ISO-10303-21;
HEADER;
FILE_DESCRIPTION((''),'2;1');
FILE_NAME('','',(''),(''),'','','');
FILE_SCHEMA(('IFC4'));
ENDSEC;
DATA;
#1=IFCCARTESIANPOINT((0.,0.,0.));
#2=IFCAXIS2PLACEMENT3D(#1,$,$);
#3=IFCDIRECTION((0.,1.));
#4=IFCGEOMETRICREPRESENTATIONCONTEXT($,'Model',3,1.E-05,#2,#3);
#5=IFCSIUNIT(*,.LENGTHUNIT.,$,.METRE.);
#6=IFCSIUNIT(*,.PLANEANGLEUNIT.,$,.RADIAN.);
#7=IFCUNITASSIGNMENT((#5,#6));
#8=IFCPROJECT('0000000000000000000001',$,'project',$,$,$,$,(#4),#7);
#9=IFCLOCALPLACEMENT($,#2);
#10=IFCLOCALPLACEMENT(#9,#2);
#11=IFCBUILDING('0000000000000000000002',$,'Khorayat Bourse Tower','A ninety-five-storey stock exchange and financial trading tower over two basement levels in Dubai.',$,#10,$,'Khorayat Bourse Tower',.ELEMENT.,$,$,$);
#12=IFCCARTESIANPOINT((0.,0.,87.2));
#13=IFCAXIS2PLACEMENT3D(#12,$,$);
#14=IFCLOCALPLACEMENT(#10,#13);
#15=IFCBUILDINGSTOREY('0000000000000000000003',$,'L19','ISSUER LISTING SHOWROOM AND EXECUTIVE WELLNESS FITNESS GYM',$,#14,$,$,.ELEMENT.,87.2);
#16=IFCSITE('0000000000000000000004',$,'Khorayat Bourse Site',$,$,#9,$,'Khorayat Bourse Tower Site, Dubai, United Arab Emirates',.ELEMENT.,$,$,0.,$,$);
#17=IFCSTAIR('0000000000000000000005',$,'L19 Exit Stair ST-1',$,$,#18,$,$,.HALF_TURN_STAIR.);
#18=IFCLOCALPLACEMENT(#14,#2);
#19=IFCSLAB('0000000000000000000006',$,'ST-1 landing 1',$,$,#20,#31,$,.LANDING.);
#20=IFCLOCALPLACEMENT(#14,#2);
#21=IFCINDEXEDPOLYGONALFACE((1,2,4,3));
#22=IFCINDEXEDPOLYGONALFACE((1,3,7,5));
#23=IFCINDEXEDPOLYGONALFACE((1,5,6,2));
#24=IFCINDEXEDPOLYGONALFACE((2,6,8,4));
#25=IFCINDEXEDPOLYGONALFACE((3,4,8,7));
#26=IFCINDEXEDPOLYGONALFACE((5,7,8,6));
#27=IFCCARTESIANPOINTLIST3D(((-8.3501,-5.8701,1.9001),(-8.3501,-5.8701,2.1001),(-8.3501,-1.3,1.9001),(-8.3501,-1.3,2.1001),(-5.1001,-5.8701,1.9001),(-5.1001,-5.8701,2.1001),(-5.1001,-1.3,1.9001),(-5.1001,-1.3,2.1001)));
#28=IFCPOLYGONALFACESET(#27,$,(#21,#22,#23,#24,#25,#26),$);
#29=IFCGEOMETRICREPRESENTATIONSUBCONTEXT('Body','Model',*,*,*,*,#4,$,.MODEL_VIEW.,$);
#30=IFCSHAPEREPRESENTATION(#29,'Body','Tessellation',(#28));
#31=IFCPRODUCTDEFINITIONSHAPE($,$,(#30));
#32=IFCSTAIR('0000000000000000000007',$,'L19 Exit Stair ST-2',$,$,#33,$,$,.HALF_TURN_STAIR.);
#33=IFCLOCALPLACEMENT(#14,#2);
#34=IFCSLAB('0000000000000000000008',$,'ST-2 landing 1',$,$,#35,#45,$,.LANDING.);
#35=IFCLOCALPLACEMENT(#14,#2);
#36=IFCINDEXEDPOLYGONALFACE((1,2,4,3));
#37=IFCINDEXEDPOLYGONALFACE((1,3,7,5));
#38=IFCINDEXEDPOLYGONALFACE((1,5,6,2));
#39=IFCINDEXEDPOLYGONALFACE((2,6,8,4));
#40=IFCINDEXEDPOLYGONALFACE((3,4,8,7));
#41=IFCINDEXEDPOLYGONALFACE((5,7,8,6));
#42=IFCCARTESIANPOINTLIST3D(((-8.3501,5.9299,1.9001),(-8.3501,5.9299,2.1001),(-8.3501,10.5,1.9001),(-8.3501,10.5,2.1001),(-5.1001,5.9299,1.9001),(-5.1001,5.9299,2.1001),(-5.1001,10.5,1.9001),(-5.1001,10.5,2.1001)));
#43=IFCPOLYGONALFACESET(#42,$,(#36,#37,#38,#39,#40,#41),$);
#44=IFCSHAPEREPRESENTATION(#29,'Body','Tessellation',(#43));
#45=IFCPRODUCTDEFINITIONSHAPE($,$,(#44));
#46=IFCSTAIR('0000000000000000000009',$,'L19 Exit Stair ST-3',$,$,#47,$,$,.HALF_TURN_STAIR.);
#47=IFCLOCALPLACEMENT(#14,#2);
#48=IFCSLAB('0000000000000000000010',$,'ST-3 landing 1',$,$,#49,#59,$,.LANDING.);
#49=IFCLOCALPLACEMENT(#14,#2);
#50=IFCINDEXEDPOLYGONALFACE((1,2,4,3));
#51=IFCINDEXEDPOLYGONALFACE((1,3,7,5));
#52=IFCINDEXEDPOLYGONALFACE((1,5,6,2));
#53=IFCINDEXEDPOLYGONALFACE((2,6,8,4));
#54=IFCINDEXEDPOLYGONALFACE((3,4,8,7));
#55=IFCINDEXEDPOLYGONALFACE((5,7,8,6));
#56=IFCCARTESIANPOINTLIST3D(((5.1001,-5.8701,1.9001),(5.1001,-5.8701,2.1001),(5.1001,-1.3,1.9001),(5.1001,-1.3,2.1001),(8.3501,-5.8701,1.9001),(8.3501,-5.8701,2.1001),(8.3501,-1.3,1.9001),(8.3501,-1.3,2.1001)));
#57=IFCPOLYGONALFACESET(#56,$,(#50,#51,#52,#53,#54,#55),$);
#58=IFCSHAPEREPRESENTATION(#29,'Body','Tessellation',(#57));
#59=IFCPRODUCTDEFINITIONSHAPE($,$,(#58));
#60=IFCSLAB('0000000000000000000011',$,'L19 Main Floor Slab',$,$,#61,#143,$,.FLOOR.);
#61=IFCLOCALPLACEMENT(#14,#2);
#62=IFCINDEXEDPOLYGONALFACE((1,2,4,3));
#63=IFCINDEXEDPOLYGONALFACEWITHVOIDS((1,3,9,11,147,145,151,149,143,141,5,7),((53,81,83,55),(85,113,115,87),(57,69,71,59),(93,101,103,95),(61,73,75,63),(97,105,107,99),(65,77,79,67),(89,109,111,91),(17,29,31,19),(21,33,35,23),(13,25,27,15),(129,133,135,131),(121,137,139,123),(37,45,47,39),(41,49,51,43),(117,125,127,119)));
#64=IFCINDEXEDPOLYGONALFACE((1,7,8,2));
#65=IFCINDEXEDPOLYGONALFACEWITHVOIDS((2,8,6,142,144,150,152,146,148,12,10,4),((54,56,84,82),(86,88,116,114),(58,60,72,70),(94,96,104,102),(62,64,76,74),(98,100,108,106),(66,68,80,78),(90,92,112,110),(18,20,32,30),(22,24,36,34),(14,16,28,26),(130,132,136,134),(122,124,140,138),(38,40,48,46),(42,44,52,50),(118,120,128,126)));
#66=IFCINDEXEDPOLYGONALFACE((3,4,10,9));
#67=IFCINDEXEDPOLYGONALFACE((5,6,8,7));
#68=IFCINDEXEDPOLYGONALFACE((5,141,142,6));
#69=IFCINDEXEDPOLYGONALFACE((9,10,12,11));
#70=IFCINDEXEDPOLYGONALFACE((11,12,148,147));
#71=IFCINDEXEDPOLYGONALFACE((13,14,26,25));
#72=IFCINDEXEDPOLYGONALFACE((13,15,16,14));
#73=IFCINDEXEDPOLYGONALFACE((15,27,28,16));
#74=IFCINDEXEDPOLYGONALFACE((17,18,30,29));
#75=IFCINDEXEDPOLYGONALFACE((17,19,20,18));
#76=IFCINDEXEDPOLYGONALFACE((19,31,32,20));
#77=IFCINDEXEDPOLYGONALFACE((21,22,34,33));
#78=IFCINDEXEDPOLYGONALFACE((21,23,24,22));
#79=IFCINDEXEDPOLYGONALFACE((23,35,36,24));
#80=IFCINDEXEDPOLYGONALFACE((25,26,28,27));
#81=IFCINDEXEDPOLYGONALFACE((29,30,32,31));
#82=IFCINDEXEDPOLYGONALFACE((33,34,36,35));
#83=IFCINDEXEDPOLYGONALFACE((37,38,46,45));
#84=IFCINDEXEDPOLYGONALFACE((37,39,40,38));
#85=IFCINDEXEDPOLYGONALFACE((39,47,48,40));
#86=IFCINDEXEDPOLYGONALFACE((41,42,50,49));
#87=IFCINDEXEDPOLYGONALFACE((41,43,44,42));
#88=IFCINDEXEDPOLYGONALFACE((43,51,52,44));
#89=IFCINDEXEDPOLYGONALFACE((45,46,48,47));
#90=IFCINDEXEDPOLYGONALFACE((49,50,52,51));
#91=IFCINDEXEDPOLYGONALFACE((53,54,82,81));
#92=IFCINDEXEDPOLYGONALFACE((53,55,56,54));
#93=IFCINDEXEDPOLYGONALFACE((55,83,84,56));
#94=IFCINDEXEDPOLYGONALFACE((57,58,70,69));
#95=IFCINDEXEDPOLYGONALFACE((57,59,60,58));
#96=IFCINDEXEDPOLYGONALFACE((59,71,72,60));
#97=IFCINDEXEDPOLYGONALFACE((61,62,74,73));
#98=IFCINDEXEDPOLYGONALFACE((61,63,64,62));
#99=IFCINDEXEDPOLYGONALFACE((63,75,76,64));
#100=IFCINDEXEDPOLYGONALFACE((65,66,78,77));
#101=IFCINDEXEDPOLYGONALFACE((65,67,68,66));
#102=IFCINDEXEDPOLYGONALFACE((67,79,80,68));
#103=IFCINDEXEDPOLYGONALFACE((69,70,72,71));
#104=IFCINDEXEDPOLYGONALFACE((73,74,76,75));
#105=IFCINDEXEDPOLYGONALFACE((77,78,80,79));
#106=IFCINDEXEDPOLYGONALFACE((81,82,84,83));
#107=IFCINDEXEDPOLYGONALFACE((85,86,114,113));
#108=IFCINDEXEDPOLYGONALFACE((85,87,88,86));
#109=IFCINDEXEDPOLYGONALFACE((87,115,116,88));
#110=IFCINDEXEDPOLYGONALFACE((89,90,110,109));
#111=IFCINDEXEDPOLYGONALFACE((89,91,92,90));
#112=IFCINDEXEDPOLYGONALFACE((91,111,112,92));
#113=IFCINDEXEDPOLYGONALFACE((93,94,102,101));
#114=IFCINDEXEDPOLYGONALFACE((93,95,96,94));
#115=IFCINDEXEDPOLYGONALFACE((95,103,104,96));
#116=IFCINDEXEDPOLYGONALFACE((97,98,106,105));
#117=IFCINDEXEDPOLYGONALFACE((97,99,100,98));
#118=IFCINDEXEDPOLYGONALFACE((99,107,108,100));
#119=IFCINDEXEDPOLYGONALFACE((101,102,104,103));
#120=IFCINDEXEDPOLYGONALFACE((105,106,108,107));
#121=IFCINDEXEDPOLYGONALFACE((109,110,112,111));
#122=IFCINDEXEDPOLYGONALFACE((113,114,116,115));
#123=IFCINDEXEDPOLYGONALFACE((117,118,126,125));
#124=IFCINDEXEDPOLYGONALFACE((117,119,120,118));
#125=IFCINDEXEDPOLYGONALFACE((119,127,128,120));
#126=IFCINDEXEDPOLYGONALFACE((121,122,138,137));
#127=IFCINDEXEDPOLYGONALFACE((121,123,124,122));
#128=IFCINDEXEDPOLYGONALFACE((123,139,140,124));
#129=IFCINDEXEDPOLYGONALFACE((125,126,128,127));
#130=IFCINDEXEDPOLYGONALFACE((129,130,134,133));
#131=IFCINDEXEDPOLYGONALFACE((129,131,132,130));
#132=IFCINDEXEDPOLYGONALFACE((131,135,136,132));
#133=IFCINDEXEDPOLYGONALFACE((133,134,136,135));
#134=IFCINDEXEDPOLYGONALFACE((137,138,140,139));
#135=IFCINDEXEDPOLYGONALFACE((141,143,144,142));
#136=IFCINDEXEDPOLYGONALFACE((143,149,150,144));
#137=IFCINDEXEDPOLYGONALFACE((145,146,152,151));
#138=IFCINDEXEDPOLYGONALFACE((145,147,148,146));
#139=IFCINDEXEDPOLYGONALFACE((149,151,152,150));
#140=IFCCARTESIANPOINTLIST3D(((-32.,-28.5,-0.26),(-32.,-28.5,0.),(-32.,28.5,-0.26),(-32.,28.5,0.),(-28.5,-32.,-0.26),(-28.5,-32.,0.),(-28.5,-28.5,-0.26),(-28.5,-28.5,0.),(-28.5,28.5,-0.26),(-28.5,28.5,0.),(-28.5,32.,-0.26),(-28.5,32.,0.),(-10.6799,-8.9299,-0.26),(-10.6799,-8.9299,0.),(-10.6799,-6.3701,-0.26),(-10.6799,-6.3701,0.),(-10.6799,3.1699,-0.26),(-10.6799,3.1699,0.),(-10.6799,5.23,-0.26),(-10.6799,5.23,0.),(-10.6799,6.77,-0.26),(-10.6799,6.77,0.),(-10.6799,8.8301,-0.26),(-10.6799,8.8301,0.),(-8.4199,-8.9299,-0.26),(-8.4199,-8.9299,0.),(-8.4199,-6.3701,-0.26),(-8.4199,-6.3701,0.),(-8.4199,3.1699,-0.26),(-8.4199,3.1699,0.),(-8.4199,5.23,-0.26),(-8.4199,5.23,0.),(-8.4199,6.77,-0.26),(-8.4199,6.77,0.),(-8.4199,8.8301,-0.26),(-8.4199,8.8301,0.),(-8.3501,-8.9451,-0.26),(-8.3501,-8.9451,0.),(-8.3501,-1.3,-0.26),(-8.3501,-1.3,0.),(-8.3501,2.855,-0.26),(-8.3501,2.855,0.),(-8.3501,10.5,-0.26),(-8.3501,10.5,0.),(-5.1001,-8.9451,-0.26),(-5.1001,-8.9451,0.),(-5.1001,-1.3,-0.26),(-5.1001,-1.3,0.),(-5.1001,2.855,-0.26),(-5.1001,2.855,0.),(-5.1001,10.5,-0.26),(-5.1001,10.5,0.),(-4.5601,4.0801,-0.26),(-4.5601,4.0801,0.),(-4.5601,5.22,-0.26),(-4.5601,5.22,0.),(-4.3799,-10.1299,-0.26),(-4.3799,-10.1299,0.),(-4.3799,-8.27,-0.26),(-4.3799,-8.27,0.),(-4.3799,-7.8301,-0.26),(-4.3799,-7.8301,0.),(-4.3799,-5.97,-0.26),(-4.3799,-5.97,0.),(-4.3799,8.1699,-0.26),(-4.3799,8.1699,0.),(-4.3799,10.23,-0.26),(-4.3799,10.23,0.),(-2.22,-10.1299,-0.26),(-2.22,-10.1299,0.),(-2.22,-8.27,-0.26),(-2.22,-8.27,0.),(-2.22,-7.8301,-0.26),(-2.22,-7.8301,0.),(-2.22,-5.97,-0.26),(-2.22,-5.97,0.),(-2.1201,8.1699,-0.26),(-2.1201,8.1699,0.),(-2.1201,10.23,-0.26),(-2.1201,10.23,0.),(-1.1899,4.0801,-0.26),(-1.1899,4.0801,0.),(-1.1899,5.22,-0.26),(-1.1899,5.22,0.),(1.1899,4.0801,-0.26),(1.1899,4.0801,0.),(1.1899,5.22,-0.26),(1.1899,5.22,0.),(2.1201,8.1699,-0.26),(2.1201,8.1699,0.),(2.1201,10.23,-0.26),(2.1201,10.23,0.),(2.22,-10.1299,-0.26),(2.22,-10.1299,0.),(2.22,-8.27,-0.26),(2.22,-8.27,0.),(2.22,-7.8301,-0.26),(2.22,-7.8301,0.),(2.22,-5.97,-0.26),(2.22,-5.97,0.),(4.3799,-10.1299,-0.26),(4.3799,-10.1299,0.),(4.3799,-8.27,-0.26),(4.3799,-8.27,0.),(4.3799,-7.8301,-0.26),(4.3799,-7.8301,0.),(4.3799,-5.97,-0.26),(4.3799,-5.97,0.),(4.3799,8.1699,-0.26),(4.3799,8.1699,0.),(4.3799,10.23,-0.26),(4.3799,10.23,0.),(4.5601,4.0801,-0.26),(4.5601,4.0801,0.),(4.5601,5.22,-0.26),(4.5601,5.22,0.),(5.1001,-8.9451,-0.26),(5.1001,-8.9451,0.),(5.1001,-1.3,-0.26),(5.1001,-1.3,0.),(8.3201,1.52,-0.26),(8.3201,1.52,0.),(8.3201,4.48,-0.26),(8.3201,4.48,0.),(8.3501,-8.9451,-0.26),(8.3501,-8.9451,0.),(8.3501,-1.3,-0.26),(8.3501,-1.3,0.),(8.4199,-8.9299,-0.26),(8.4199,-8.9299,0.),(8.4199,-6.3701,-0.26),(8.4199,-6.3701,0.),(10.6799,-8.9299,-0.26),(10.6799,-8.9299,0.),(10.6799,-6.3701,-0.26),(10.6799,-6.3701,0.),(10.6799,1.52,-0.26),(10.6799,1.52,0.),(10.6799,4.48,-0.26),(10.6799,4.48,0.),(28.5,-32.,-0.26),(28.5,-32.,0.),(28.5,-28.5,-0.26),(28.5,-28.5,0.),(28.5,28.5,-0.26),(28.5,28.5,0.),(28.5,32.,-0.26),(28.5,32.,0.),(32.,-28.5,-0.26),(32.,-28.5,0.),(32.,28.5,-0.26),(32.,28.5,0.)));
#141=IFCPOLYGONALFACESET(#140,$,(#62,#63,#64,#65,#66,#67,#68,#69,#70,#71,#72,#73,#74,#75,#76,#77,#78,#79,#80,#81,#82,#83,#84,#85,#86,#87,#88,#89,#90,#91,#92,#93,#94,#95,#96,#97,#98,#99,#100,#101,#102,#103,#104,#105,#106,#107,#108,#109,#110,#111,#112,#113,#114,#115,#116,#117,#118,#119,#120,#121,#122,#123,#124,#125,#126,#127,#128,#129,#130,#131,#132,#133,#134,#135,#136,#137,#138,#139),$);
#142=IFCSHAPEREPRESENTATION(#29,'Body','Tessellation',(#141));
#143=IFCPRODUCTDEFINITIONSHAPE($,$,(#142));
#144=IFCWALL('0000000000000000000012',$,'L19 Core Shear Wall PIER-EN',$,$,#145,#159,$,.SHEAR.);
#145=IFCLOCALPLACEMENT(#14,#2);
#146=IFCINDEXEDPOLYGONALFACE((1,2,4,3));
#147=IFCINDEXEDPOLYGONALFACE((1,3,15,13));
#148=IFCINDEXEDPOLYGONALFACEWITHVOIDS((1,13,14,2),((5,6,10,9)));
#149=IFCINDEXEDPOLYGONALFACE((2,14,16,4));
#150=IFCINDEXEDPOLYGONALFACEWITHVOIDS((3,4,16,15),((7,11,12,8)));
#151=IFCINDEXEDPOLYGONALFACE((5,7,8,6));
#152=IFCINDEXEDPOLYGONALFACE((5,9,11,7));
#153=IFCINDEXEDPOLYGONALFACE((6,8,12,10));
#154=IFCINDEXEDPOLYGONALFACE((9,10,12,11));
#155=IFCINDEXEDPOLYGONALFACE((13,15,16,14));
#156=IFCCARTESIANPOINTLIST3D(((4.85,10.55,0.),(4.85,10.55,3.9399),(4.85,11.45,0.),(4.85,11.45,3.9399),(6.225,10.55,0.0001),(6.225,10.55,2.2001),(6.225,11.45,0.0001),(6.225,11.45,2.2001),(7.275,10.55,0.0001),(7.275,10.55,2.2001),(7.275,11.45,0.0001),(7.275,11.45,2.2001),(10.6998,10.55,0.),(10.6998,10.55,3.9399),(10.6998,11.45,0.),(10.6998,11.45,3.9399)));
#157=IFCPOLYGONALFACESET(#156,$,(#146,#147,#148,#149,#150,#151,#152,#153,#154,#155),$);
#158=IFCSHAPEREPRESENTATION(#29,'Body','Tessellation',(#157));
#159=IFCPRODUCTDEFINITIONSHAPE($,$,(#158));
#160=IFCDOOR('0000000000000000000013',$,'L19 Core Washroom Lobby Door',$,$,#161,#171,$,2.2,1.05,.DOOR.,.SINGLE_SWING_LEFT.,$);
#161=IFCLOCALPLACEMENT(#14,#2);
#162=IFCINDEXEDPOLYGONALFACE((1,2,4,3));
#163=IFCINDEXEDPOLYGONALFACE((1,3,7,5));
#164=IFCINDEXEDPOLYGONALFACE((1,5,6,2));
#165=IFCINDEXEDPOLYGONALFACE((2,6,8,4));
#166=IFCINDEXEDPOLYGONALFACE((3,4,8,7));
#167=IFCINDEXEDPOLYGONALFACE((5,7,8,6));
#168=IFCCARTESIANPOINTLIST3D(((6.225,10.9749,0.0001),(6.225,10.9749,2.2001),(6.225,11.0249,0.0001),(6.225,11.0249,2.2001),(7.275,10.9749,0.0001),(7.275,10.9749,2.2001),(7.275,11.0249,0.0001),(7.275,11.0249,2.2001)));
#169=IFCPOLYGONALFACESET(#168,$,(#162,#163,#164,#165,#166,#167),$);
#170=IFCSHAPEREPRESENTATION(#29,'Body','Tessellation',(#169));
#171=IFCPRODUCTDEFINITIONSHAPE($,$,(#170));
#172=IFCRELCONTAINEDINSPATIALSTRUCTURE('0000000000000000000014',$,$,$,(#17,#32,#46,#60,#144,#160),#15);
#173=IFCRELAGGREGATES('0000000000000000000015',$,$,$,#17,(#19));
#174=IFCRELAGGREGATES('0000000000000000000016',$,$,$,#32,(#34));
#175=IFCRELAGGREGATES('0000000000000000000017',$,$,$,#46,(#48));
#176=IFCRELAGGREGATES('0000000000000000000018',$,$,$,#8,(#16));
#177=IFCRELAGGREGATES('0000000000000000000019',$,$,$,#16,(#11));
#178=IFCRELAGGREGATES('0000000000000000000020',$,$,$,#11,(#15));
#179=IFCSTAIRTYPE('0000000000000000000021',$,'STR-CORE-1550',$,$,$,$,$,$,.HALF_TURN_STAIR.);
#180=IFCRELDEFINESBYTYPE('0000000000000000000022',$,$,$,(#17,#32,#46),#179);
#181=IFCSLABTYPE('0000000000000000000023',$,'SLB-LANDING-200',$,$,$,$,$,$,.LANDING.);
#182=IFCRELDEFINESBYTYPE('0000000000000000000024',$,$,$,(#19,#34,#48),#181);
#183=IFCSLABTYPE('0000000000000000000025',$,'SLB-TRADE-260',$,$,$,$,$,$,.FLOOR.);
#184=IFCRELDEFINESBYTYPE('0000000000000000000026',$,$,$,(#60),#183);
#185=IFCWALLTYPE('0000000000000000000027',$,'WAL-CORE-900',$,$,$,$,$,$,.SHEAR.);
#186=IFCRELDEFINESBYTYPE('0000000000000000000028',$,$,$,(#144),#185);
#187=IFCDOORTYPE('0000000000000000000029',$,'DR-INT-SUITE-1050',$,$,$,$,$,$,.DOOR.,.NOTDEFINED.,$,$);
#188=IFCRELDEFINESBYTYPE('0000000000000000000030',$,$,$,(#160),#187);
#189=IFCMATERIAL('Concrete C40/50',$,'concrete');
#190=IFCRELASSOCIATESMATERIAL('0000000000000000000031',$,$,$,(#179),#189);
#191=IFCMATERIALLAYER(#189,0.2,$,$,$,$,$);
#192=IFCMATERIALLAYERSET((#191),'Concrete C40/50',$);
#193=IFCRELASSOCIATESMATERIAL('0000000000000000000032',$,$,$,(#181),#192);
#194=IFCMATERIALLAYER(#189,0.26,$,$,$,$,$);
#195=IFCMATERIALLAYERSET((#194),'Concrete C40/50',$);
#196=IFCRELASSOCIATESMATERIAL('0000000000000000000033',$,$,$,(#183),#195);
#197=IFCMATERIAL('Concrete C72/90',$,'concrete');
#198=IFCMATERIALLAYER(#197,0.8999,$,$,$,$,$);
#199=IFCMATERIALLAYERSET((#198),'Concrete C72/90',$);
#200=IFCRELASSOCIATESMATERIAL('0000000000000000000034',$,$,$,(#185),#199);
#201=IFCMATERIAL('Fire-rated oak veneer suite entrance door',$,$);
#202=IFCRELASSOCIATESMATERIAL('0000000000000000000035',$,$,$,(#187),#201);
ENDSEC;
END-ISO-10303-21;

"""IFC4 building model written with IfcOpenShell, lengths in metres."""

from ifc_helpers import new_model, si_unit, direction, frame, frame_2d, origin, place, context, subcontext, project, spatial, polyline, rectangle, outline, extrude, source, transform, mapped, material, layer, layer_set, type_object, element, fill, aggregate, save


model = new_model("IFC4")

# Units and contexts
model_context = context("Model", 3, precision=1e-05, world=origin(), true_north=direction((0.0, 1.0)))
body_context = subcontext(model_context, "Body", "Model", "MODEL_VIEW")
ifc_project = project(units=[si_unit("LENGTHUNIT", "METRE"), si_unit("PLANEANGLEUNIT", "RADIAN")], contexts=[model_context])

# Site, building, storey
site_placement = place(None, origin())
site = spatial("IfcSite", under=ifc_project, at=site_placement, Name="Khorayat Bourse Site", LongName="Khorayat Bourse Tower Site, Dubai, United Arab Emirates", CompositionType="ELEMENT", RefElevation=0.0)
building_placement = place(site_placement, origin())
building = spatial("IfcBuilding", under=site, at=building_placement, Name="Khorayat Bourse Tower", Description="A ninety-five-storey stock exchange and financial trading tower over two basement levels in Dubai.", LongName="Khorayat Bourse Tower", CompositionType="ELEMENT")
storey_placement = place(building_placement, frame((0.0, 0.0, 87.2)))
storey = spatial("IfcBuildingStorey", under=building, at=storey_placement, Name="L19", Description="ISSUER LISTING SHOWROOM AND EXECUTIVE WELLNESS FITNESS GYM", CompositionType="ELEMENT", Elevation=87.2)

# Shared definitions
ifc_material_1 = material(Name="Concrete C72/90", Category="concrete")

# Stairs, slabs
ifc_material_2 = material(Name="Concrete C40/50", Category="concrete")
stair_type = type_object("IfcStairType", Name="STR-CORE-1550", PredefinedType="HALF_TURN_STAIR", material=ifc_material_2)
stair_1_placement = place(storey_placement, origin())
stair_1 = element("IfcStair", 1, at=stair_1_placement, inside=storey, type_object=stair_type, Name="L19 Exit Stair ST-1", PredefinedType="HALF_TURN_STAIR")
ifc_layer_1 = layer(ifc_material_2, 0.2)
ifc_layer_set_1 = layer_set([ifc_layer_1], Name="Concrete C40/50")
slab_type_1 = type_object("IfcSlabType", Name="SLB-LANDING-200", PredefinedType="LANDING", material=ifc_layer_set_1)
slab_1_placement = place(storey_placement, frame((0.0, 0.0, 1.9001)))
slab_1 = element("IfcSlab", 2, at=slab_1_placement, type_object=slab_type_1, Name="ST-1 landing 1", PredefinedType="LANDING", context=body_context, shape_type="SweptSolid", body=[
    extrude(outline(polyline([(-5.1001, -5.8701), (-5.1001, -1.3), (-8.3501, -1.3), (-8.3501, -5.8701), (-5.1001, -5.8701)])), origin(), (0.0, 0.0, 1.0), 0.2),
])
aggregate(stair_1, [slab_1])
stair_2_placement = place(storey_placement, origin())
stair_2 = element("IfcStair", 3, at=stair_2_placement, inside=storey, type_object=stair_type, Name="L19 Exit Stair ST-2", PredefinedType="HALF_TURN_STAIR")
slab_2_placement = place(storey_placement, frame((0.0, 0.0, 1.9001)))
slab_2 = element("IfcSlab", 4, at=slab_2_placement, type_object=slab_type_1, Name="ST-2 landing 1", PredefinedType="LANDING", context=body_context, shape_type="SweptSolid", body=[
    extrude(outline(polyline([(-5.1001, 5.9299), (-5.1001, 10.5), (-8.3501, 10.5), (-8.3501, 5.9299), (-5.1001, 5.9299)])), origin(), (0.0, 0.0, 1.0), 0.2),
])
aggregate(stair_2, [slab_2])
stair_3_placement = place(storey_placement, origin())
stair_3 = element("IfcStair", 5, at=stair_3_placement, inside=storey, type_object=stair_type, Name="L19 Exit Stair ST-3", PredefinedType="HALF_TURN_STAIR")
slab_3_placement = place(storey_placement, frame((0.0, 0.0, 1.9001)))
slab_3 = element("IfcSlab", 6, at=slab_3_placement, type_object=slab_type_1, Name="ST-3 landing 1", PredefinedType="LANDING", context=body_context, shape_type="SweptSolid", body=[
    extrude(outline(polyline([(8.3501, -5.8701), (8.3501, -1.3), (5.1001, -1.3), (5.1001, -5.8701), (8.3501, -5.8701)])), origin(), (0.0, 0.0, 1.0), 0.2),
])
aggregate(stair_3, [slab_3])

# Slab
ifc_layer_2 = layer(ifc_material_2, 0.26)
ifc_layer_set_2 = layer_set([ifc_layer_2], Name="Concrete C40/50")
slab_type_2 = type_object("IfcSlabType", Name="SLB-TRADE-260", PredefinedType="FLOOR", material=ifc_layer_set_2)
slab_4_placement = place(storey_placement, frame((0.0, 0.0, -0.26)))
element("IfcSlab", 7, at=slab_4_placement, inside=storey, type_object=slab_type_2, Name="L19 Main Floor Slab", PredefinedType="FLOOR", context=body_context, shape_type="SweptSolid", body=[
    extrude(outline(polyline([(-28.5, -32.0), (28.5, -32.0), (28.5, -28.5), (32.0, -28.5), (32.0, 28.5), (28.5, 28.5), (28.5, 32.0), (-28.5, 32.0), (-28.5, 28.5), (-32.0, 28.5), (-32.0, -28.5), (-28.5, -28.5), (-28.5, -32.0)]), holes=[polyline([(-8.3501, -8.9451), (-5.1001, -8.9451), (-5.1001, -1.3), (-8.3501, -1.3), (-8.3501, -8.9451)]), polyline([(-8.3501, 2.855), (-5.1001, 2.855), (-5.1001, 10.5), (-8.3501, 10.5), (-8.3501, 2.855)]), polyline([(5.1001, -8.9451), (8.3501, -8.9451), (8.3501, -1.3), (5.1001, -1.3), (5.1001, -8.9451)]), polyline([(-4.3799, -10.1299), (-2.22, -10.1299), (-2.22, -8.27), (-4.3799, -8.27), (-4.3799, -10.1299)]), polyline([(2.22, -10.1299), (4.3799, -10.1299), (4.3799, -8.27), (2.22, -8.27), (2.22, -10.1299)]), polyline([(-4.3799, -7.8301), (-2.22, -7.8301), (-2.22, -5.97), (-4.3799, -5.97), (-4.3799, -7.8301)]), polyline([(2.22, -7.8301), (4.3799, -7.8301), (4.3799, -5.97), (2.22, -5.97), (2.22, -7.8301)]), polyline([(-4.3799, 8.1699), (-2.1201, 8.1699), (-2.1201, 10.23), (-4.3799, 10.23), (-4.3799, 8.1699)]), polyline([(2.1201, 8.1699), (4.3799, 8.1699), (4.3799, 10.23), (2.1201, 10.23), (2.1201, 8.1699)]), polyline([(-10.6799, 3.1699), (-8.4199, 3.1699), (-8.4199, 5.23), (-10.6799, 5.23), (-10.6799, 3.1699)]), polyline([(-10.6799, 6.77), (-8.4199, 6.77), (-8.4199, 8.8301), (-10.6799, 8.8301), (-10.6799, 6.77)]), polyline([(-10.6799, -8.9299), (-8.4199, -8.9299), (-8.4199, -6.3701), (-10.6799, -6.3701), (-10.6799, -8.9299)]), polyline([(8.4199, -8.9299), (10.6799, -8.9299), (10.6799, -6.3701), (8.4199, -6.3701), (8.4199, -8.9299)]), polyline([(8.3201, 1.52), (10.6799, 1.52), (10.6799, 4.48), (8.3201, 4.48), (8.3201, 1.52)]), polyline([(-4.5601, 4.0801), (-1.1899, 4.0801), (-1.1899, 5.22), (-4.5601, 5.22), (-4.5601, 4.0801)]), polyline([(1.1899, 4.0801), (4.5601, 4.0801), (4.5601, 5.22), (1.1899, 5.22), (1.1899, 4.0801)])]), origin(), (0.0, 0.0, 1.0), 0.26),
])

# Wall, opening, door
ifc_layer_3 = layer(ifc_material_1, 0.8999)
ifc_layer_set_3 = layer_set([ifc_layer_3], Name="Concrete C72/90")
wall_type_1 = type_object("IfcWallType", Name="WAL-CORE-900", PredefinedType="SHEAR", material=ifc_layer_set_3)
shared_shape_1 = source(origin(), body_context, "Body", "SweptSolid", [
    extrude(rectangle(XDim=5.8499, YDim=0.8999, at=frame_2d((2.9248, 0.0))), origin(), (0.0, 0.0, 1.0), 3.9399),
])
wall_1_placement = place(storey_placement, frame((4.8501, 11.0, 0.0), z_axis=(0.0, 0.0, 1.0), x_axis=(1.0, 0.0, 0.0)))
wall_1 = element("IfcWall", 8, at=wall_1_placement, inside=storey, type_object=wall_type_1, Name="L19 Core Shear Wall PIER-EN", PredefinedType="SHEAR", context=body_context, shape_type="MappedRepresentation", body=[
    mapped(shared_shape_1, transform((0.0, 0.0, 0.0), scale=1.0)),
])
shared_shape_2 = source(origin(), body_context, "Body", "SweptSolid", [
    extrude(rectangle(XDim=1.05, YDim=2.2, at=frame_2d((0.5249, 1.1001))), frame((0.0, 0.46, 0.0), z_axis=(0.0, -1.0, 0.0), x_axis=(1.0, 0.0, 0.0)), (0.0, 0.0, 1.0), 0.9199),
])
opening_1_placement = place(wall_1_placement, frame((1.375, 0.0, 0.0)))
opening_1 = element("IfcOpeningElement", 9, at=opening_1_placement, cuts=wall_1, PredefinedType="OPENING", context=body_context, shape_type="MappedRepresentation", body=[
    mapped(shared_shape_2, transform((0.0, 0.0, 0.0), scale=1.0)),
])
ifc_material_3 = material(Name="Fire-rated oak veneer suite entrance door")
door_type_1 = type_object("IfcDoorType", Name="DR-INT-SUITE-1050", OperationType="NOTDEFINED", PredefinedType="DOOR", material=ifc_material_3)
shared_shape_3 = source(origin(), body_context, "Body", "SweptSolid", [
    extrude(rectangle(XDim=1.05, YDim=2.2, at=frame_2d((0.5249, 1.1001))), frame((0.0, 0.0249, 0.0), z_axis=(0.0, -1.0, 0.0), x_axis=(1.0, 0.0, 0.0)), (0.0, 0.0, 1.0), 0.05),
])
door_1_placement = place(opening_1_placement, origin())
door_1 = element("IfcDoor", 10, at=door_1_placement, inside=storey, type_object=door_type_1, Name="L19 Core Washroom Lobby Door", OperationType="SINGLE_SWING_LEFT", OverallHeight=2.2, OverallWidth=1.05, PredefinedType="DOOR", context=body_context, shape_type="MappedRepresentation", body=[
    mapped(shared_shape_3, transform((0.0, 0.0, 0.0), scale=1.0)),
])
fill(opening_1, door_1)

save(model, "model.ifc")
